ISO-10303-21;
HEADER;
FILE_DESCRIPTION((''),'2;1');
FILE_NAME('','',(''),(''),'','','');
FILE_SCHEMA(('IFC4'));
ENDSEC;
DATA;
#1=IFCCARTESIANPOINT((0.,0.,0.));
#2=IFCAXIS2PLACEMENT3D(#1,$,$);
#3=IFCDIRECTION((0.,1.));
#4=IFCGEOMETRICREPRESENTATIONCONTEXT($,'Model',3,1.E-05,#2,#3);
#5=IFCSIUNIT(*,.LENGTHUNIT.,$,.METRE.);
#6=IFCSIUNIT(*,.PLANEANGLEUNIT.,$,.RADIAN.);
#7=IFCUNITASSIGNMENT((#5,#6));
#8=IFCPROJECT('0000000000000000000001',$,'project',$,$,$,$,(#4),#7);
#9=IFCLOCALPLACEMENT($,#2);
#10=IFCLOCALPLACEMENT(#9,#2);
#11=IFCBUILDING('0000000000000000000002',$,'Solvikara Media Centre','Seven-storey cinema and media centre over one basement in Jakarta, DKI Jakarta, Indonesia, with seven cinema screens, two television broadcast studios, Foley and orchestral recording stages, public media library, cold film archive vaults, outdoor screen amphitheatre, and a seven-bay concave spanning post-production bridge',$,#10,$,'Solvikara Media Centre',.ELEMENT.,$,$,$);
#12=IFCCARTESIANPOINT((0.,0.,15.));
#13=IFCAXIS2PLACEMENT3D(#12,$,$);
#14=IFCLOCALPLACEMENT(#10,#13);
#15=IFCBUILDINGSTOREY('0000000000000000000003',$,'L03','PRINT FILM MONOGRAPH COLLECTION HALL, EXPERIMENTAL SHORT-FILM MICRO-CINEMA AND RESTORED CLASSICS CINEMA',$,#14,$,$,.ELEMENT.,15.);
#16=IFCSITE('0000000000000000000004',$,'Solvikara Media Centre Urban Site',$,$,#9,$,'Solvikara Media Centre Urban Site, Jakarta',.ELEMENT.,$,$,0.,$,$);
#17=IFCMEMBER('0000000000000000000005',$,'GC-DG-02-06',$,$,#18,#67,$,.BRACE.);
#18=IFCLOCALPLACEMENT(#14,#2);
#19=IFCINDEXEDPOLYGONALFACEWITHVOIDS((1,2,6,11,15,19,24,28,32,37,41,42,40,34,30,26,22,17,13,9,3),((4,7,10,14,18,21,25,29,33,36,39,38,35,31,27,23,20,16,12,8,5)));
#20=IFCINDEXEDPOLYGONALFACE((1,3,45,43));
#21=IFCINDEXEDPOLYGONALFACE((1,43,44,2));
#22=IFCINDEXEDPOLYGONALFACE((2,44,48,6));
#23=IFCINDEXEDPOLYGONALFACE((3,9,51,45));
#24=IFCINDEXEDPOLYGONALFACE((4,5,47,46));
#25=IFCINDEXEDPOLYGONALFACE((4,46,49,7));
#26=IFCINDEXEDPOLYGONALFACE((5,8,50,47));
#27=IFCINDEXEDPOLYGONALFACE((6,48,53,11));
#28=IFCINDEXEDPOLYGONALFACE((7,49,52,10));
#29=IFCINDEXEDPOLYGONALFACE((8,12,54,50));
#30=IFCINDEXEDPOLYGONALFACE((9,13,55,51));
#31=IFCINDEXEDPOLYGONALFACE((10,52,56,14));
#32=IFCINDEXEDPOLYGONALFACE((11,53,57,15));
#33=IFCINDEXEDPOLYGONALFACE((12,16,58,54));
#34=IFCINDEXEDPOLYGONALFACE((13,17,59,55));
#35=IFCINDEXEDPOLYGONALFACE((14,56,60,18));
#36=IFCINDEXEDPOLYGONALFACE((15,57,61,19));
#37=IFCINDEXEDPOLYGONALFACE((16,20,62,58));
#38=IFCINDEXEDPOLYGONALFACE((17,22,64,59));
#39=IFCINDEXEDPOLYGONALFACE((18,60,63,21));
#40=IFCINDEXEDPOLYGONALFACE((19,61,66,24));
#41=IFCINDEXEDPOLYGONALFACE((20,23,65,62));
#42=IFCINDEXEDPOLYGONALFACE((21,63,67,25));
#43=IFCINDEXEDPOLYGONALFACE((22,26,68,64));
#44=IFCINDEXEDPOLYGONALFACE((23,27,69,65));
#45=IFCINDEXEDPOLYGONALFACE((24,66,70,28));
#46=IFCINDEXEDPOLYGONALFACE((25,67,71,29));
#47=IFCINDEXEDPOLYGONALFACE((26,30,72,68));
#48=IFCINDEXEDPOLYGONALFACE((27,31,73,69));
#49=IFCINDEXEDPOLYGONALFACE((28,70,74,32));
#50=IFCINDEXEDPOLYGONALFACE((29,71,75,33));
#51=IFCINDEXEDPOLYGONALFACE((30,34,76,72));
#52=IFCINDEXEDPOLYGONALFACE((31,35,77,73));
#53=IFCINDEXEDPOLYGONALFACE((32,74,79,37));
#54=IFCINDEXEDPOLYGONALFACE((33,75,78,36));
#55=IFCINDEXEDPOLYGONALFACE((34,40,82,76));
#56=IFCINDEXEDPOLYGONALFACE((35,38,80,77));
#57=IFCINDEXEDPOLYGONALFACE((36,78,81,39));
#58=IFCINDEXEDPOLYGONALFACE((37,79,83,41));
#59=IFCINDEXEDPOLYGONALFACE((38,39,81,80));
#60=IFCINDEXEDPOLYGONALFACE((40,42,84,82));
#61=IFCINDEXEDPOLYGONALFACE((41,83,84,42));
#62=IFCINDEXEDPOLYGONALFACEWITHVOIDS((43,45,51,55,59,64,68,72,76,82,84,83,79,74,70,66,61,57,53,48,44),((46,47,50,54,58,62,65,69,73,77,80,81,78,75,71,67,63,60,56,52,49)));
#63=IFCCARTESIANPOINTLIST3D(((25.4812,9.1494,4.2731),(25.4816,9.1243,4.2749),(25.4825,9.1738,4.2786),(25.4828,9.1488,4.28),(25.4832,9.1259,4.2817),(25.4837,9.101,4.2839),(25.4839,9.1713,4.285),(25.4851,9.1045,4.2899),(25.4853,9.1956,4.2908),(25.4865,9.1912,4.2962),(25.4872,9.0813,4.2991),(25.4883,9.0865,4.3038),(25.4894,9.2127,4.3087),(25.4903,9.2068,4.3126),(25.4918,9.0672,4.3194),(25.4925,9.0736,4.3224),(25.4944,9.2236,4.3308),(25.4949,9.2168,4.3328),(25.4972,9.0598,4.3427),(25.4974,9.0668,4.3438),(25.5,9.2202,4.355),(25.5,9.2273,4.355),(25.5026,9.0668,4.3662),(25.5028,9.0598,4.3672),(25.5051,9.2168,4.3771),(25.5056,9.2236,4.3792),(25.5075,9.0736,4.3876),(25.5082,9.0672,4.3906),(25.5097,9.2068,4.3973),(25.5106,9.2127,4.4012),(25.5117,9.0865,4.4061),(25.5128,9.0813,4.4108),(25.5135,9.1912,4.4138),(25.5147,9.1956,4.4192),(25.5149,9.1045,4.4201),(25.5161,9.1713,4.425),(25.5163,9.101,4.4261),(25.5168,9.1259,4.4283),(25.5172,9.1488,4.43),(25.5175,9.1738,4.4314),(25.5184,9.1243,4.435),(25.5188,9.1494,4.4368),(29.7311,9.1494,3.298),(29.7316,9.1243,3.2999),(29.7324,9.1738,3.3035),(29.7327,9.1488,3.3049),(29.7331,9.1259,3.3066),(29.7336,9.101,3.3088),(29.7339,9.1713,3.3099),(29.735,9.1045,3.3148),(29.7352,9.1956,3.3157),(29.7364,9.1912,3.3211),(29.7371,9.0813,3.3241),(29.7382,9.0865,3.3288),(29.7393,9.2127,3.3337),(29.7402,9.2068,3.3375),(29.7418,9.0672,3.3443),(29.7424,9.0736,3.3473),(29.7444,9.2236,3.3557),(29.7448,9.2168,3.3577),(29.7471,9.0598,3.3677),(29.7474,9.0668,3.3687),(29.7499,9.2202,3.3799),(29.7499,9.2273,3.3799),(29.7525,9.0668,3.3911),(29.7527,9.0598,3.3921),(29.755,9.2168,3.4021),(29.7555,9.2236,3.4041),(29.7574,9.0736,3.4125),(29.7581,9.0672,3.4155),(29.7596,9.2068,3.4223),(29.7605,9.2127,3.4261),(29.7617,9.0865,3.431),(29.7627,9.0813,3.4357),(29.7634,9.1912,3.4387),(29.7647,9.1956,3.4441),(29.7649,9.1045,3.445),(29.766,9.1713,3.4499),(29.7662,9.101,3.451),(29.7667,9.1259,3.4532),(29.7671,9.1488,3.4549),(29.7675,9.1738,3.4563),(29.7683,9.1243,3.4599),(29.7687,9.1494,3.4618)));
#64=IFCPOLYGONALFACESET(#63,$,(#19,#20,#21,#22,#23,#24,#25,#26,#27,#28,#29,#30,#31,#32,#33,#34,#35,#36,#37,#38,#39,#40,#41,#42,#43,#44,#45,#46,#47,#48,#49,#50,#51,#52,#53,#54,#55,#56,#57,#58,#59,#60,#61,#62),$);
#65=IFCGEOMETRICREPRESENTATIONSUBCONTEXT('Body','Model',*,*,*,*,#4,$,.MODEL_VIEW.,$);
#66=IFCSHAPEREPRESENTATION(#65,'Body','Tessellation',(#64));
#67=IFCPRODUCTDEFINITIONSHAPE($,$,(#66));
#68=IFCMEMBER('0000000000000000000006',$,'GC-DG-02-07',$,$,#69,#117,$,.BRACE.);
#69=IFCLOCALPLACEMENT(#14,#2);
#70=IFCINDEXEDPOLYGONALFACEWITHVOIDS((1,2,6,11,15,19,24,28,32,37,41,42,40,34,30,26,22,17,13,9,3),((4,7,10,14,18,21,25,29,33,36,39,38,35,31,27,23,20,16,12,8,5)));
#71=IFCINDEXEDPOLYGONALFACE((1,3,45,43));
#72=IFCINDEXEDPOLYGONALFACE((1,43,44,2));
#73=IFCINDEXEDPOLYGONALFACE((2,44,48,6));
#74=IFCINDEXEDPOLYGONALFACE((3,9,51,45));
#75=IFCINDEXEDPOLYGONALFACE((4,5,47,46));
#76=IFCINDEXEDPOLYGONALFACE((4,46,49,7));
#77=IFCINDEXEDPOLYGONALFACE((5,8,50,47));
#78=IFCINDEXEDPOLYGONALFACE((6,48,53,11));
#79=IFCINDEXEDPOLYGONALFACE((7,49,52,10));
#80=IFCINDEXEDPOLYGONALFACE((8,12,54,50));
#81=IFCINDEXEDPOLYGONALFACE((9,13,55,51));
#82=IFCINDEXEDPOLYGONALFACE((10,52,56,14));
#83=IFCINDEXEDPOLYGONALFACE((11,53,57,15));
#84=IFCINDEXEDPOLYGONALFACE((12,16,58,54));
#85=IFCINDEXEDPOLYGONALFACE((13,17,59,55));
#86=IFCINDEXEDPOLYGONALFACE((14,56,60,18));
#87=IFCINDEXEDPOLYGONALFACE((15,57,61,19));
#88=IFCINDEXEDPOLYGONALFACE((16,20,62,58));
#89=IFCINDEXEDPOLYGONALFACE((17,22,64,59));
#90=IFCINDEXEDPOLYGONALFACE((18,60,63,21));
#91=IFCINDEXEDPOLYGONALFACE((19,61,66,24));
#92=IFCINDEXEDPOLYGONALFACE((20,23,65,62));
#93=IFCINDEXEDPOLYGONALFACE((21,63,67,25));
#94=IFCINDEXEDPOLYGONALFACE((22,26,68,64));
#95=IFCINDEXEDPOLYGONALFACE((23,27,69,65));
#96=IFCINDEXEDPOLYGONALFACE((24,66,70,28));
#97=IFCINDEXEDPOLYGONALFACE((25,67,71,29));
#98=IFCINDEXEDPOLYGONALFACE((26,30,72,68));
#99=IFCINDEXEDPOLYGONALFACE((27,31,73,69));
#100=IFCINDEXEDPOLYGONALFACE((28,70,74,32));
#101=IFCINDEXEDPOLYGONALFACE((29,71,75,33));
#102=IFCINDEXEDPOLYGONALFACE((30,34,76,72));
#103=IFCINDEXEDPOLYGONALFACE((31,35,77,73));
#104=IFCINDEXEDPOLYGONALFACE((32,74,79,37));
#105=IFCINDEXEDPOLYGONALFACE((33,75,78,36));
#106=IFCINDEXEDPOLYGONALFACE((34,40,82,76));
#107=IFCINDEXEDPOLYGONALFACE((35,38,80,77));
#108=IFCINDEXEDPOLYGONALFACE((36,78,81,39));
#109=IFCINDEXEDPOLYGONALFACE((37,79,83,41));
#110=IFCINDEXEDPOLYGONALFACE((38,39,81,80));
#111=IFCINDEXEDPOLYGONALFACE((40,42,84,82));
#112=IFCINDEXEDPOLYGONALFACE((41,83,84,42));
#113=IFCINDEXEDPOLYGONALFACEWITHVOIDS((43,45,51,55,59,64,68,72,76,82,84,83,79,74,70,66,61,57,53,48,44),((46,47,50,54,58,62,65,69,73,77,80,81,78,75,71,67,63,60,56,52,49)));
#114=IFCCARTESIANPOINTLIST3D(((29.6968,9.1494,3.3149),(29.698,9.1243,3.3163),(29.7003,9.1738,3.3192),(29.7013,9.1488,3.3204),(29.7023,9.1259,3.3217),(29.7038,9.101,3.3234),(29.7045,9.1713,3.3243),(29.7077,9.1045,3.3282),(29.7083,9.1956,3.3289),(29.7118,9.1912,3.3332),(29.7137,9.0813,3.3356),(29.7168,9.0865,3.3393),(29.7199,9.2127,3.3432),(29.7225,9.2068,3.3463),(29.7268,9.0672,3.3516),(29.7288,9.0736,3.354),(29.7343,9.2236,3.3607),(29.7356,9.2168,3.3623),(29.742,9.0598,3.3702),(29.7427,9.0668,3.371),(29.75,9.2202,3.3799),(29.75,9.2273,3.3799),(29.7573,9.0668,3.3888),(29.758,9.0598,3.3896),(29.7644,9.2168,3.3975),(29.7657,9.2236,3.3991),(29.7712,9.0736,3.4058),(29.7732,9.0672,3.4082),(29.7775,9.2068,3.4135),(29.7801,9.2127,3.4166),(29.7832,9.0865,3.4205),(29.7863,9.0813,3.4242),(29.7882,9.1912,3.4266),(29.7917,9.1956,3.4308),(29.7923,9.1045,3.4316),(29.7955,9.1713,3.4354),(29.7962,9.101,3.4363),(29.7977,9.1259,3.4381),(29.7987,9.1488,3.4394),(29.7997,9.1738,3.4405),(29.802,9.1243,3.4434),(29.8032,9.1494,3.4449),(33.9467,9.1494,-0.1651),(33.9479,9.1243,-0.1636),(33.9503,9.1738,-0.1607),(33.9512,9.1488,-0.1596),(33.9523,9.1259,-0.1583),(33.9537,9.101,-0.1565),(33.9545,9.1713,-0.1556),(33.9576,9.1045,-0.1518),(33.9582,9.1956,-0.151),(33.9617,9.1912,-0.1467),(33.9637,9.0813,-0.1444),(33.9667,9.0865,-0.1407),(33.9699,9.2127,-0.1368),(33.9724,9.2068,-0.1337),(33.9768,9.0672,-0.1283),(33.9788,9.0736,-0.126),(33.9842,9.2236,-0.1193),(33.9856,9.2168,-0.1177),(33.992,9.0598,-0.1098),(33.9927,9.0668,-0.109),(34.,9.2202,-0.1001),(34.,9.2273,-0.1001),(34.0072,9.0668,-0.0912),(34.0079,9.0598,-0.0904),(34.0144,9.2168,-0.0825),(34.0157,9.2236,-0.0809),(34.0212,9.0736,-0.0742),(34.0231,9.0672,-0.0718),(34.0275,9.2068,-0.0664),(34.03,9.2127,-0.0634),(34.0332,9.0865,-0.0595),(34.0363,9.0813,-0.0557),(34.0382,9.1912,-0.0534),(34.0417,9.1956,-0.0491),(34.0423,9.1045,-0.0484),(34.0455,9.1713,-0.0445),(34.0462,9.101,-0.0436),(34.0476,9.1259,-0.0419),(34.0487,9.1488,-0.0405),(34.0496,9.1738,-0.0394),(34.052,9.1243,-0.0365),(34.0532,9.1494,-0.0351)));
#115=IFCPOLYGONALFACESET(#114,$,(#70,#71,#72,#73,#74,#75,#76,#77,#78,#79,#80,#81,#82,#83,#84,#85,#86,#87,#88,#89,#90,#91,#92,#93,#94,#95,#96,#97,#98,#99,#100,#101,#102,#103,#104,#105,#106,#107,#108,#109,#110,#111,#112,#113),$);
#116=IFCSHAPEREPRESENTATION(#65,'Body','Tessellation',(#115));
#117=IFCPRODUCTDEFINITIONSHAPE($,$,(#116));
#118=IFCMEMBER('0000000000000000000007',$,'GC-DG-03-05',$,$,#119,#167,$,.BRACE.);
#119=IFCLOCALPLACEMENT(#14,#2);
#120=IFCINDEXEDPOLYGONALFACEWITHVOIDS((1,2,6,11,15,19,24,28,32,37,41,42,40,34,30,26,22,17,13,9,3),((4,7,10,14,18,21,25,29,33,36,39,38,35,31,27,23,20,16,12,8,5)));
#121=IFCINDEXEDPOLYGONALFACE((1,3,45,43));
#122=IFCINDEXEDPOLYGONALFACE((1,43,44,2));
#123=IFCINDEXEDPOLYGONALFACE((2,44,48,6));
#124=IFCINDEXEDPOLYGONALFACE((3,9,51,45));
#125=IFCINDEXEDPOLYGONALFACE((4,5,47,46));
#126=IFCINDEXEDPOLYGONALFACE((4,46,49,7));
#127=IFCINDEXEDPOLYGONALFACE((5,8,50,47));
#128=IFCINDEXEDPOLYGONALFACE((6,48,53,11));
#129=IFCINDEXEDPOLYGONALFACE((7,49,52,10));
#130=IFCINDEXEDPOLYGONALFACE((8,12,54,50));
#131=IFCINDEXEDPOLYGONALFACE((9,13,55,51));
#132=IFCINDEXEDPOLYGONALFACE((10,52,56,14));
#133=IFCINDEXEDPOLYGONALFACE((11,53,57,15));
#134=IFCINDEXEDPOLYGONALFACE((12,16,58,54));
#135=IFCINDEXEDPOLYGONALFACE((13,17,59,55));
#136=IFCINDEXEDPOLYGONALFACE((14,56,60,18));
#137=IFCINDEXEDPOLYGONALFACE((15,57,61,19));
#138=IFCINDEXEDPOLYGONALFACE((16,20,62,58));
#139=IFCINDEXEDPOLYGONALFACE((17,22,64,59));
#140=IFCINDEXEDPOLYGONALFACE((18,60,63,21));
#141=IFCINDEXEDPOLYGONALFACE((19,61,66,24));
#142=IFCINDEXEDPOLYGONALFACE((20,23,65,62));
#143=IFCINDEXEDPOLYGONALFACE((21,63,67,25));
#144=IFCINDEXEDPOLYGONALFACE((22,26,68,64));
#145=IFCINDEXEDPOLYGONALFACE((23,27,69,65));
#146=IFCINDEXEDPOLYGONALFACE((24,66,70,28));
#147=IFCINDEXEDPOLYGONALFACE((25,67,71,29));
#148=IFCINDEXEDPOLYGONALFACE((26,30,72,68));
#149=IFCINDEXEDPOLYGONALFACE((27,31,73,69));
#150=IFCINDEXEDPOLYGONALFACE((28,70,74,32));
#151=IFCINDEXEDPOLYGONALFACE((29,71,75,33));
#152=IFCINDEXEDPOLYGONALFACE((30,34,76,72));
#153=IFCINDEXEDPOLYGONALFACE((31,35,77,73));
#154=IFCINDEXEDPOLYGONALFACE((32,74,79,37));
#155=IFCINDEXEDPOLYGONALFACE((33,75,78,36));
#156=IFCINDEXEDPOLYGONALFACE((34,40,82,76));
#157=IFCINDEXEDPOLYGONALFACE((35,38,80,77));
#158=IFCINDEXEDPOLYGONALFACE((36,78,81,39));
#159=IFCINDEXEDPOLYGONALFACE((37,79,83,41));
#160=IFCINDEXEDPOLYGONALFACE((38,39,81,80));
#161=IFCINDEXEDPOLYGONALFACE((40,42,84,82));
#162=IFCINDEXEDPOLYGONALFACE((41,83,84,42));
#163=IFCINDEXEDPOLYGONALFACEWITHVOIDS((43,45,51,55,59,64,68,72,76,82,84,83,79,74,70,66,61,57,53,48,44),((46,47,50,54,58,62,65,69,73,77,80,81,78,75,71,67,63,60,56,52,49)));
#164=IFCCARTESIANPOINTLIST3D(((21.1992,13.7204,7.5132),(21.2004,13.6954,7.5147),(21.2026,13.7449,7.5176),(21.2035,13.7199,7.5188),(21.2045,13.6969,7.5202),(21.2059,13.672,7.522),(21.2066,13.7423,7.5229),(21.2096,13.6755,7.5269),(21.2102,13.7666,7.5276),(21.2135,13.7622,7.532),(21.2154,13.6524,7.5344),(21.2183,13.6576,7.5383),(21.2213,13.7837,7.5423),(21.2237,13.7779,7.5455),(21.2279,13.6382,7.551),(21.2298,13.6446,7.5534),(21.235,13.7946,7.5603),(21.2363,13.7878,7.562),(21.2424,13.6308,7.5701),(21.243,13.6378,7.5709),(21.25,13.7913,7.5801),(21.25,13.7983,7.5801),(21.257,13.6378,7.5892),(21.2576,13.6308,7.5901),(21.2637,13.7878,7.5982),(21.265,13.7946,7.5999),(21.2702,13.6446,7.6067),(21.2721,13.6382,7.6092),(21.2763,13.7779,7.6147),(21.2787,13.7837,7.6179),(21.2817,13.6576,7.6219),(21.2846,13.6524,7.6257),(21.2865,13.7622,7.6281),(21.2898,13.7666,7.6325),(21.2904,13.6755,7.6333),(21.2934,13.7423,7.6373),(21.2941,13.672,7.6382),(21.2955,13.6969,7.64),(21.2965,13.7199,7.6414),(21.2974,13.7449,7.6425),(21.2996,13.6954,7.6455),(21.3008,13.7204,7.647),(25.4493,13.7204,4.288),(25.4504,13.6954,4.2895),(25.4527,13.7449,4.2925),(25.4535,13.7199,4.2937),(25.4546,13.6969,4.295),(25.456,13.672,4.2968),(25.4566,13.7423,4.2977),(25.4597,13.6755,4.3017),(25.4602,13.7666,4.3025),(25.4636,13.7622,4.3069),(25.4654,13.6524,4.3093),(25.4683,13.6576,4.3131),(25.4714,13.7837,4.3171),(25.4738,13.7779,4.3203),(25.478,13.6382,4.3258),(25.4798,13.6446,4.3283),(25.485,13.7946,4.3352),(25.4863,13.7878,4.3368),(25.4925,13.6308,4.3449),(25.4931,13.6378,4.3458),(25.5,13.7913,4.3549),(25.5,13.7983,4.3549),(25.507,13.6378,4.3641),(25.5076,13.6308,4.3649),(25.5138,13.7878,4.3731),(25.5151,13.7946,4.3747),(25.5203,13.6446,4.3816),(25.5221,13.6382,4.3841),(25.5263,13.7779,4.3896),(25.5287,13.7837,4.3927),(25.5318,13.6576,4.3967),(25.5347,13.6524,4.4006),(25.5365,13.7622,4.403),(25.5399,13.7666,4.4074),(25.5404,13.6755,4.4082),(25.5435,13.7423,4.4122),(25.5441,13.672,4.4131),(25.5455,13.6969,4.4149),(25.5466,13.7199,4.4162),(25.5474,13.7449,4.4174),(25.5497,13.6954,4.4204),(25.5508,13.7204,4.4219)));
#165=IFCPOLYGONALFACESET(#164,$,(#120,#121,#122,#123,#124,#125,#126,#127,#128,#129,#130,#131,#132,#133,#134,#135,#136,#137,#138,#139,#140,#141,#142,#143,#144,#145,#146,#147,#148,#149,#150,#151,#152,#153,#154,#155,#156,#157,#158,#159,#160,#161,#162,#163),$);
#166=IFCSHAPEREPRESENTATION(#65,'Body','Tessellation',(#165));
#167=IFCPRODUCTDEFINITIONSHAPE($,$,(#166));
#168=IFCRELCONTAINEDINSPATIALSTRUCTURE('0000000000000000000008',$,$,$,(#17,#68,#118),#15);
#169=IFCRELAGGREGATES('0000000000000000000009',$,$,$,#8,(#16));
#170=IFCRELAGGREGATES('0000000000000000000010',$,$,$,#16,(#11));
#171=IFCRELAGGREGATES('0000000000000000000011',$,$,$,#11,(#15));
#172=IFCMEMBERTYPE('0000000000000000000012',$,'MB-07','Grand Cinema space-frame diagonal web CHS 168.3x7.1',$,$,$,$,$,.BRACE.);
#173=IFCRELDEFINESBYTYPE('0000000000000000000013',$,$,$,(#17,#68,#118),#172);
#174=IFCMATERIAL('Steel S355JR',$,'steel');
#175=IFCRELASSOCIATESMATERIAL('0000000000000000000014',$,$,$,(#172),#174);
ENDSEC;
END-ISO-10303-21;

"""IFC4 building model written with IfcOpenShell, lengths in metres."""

from ifc_helpers import new_model, si_unit, direction, frame, origin, origin_2d, place, context, subcontext, project, spatial, hollow_circle, extrude, material, material_profile, profile_set, type_object, element, save


model = new_model("IFC4")

# Units and contexts
model_context = context("Model", 3, precision=1e-05, world=origin(), true_north=direction((0.0, 1.0)))
body_context = subcontext(model_context, "Body", "Model", "MODEL_VIEW")
ifc_project = project(units=[si_unit("LENGTHUNIT", "METRE"), si_unit("PLANEANGLEUNIT", "RADIAN")], contexts=[model_context])

# Site, building, storey
site_placement = place(None, origin())
site = spatial("IfcSite", under=ifc_project, at=site_placement, Name="Solvikara Media Centre Urban Site", LongName="Solvikara Media Centre Urban Site, Jakarta", CompositionType="ELEMENT", RefElevation=0.0)
building_placement = place(site_placement, origin())
building = spatial("IfcBuilding", under=site, at=building_placement, Name="Solvikara Media Centre", Description="Seven-storey cinema and media centre over one basement in Jakarta, DKI Jakarta, Indonesia, with seven cinema screens, two television broadcast studios, Foley and orchestral recording stages, public media library, cold film archive vaults, outdoor screen amphitheatre, and a seven-bay concave spanning post-production bridge", LongName="Solvikara Media Centre", CompositionType="ELEMENT")
storey_placement = place(building_placement, frame((0.0, 0.0, 15.0)))
storey = spatial("IfcBuildingStorey", under=building, at=storey_placement, Name="L03", Description="PRINT FILM MONOGRAPH COLLECTION HALL, EXPERIMENTAL SHORT-FILM MICRO-CINEMA AND RESTORED CLASSICS CINEMA", CompositionType="ELEMENT", Elevation=15.0)

# Members
ifc_material_1 = material(Name="Steel S355JR", Category="steel")
ifc_material_profile_1 = material_profile(ifc_material_1, hollow_circle(Radius=0.0842, WallThickness=0.0071, at=origin_2d()), Name="CHS 168.3x7.1")
ifc_profile_set_1 = profile_set([ifc_material_profile_1], Name="Steel S355JR")
member_type_1 = type_object("IfcMemberType", Name="MB-07", Description="Grand Cinema space-frame diagonal web CHS 168.3x7.1", PredefinedType="BRACE", material=ifc_profile_set_1)
member_1_placement = place(storey_placement, frame((25.5, 9.1431, 4.355), z_axis=(0.974675, 0.0, -0.223624), x_axis=(0.0, 1.0, 0.0)))
element("IfcMember", 1, at=member_1_placement, inside=storey, type_object=member_type_1, Name="GC-DG-02-06", PredefinedType="BRACE", context=body_context, shape_type="SweptSolid", body=[
    extrude(hollow_circle(Radius=0.0842, WallThickness=0.0071, at=origin_2d()), origin(), (0.0, 0.0, 1.0), 4.3604),
])
member_2_placement = place(storey_placement, frame((29.75, 9.1431, 3.3799), z_axis=(0.773716, 0.0, -0.633533), x_axis=(0.0, 1.0, 0.0)))
element("IfcMember", 2, at=member_2_placement, inside=storey, type_object=member_type_1, Name="GC-DG-02-07", PredefinedType="BRACE", context=body_context, shape_type="SweptSolid", body=[
    extrude(hollow_circle(Radius=0.0842, WallThickness=0.0071, at=origin_2d()), origin(), (0.0, 0.0, 1.0), 5.4929),
])
member_3_placement = place(storey_placement, frame((21.25, 13.7141, 7.5801), z_axis=(0.796605, 0.0, -0.604501), x_axis=(0.0, 1.0, 0.0)))
element("IfcMember", 3, at=member_3_placement, inside=storey, type_object=member_type_1, Name="GC-DG-03-05", PredefinedType="BRACE", context=body_context, shape_type="SweptSolid", body=[
    extrude(hollow_circle(Radius=0.0842, WallThickness=0.0071, at=origin_2d()), origin(), (0.0, 0.0, 1.0), 5.3352),
])

save(model, "model.ifc")
